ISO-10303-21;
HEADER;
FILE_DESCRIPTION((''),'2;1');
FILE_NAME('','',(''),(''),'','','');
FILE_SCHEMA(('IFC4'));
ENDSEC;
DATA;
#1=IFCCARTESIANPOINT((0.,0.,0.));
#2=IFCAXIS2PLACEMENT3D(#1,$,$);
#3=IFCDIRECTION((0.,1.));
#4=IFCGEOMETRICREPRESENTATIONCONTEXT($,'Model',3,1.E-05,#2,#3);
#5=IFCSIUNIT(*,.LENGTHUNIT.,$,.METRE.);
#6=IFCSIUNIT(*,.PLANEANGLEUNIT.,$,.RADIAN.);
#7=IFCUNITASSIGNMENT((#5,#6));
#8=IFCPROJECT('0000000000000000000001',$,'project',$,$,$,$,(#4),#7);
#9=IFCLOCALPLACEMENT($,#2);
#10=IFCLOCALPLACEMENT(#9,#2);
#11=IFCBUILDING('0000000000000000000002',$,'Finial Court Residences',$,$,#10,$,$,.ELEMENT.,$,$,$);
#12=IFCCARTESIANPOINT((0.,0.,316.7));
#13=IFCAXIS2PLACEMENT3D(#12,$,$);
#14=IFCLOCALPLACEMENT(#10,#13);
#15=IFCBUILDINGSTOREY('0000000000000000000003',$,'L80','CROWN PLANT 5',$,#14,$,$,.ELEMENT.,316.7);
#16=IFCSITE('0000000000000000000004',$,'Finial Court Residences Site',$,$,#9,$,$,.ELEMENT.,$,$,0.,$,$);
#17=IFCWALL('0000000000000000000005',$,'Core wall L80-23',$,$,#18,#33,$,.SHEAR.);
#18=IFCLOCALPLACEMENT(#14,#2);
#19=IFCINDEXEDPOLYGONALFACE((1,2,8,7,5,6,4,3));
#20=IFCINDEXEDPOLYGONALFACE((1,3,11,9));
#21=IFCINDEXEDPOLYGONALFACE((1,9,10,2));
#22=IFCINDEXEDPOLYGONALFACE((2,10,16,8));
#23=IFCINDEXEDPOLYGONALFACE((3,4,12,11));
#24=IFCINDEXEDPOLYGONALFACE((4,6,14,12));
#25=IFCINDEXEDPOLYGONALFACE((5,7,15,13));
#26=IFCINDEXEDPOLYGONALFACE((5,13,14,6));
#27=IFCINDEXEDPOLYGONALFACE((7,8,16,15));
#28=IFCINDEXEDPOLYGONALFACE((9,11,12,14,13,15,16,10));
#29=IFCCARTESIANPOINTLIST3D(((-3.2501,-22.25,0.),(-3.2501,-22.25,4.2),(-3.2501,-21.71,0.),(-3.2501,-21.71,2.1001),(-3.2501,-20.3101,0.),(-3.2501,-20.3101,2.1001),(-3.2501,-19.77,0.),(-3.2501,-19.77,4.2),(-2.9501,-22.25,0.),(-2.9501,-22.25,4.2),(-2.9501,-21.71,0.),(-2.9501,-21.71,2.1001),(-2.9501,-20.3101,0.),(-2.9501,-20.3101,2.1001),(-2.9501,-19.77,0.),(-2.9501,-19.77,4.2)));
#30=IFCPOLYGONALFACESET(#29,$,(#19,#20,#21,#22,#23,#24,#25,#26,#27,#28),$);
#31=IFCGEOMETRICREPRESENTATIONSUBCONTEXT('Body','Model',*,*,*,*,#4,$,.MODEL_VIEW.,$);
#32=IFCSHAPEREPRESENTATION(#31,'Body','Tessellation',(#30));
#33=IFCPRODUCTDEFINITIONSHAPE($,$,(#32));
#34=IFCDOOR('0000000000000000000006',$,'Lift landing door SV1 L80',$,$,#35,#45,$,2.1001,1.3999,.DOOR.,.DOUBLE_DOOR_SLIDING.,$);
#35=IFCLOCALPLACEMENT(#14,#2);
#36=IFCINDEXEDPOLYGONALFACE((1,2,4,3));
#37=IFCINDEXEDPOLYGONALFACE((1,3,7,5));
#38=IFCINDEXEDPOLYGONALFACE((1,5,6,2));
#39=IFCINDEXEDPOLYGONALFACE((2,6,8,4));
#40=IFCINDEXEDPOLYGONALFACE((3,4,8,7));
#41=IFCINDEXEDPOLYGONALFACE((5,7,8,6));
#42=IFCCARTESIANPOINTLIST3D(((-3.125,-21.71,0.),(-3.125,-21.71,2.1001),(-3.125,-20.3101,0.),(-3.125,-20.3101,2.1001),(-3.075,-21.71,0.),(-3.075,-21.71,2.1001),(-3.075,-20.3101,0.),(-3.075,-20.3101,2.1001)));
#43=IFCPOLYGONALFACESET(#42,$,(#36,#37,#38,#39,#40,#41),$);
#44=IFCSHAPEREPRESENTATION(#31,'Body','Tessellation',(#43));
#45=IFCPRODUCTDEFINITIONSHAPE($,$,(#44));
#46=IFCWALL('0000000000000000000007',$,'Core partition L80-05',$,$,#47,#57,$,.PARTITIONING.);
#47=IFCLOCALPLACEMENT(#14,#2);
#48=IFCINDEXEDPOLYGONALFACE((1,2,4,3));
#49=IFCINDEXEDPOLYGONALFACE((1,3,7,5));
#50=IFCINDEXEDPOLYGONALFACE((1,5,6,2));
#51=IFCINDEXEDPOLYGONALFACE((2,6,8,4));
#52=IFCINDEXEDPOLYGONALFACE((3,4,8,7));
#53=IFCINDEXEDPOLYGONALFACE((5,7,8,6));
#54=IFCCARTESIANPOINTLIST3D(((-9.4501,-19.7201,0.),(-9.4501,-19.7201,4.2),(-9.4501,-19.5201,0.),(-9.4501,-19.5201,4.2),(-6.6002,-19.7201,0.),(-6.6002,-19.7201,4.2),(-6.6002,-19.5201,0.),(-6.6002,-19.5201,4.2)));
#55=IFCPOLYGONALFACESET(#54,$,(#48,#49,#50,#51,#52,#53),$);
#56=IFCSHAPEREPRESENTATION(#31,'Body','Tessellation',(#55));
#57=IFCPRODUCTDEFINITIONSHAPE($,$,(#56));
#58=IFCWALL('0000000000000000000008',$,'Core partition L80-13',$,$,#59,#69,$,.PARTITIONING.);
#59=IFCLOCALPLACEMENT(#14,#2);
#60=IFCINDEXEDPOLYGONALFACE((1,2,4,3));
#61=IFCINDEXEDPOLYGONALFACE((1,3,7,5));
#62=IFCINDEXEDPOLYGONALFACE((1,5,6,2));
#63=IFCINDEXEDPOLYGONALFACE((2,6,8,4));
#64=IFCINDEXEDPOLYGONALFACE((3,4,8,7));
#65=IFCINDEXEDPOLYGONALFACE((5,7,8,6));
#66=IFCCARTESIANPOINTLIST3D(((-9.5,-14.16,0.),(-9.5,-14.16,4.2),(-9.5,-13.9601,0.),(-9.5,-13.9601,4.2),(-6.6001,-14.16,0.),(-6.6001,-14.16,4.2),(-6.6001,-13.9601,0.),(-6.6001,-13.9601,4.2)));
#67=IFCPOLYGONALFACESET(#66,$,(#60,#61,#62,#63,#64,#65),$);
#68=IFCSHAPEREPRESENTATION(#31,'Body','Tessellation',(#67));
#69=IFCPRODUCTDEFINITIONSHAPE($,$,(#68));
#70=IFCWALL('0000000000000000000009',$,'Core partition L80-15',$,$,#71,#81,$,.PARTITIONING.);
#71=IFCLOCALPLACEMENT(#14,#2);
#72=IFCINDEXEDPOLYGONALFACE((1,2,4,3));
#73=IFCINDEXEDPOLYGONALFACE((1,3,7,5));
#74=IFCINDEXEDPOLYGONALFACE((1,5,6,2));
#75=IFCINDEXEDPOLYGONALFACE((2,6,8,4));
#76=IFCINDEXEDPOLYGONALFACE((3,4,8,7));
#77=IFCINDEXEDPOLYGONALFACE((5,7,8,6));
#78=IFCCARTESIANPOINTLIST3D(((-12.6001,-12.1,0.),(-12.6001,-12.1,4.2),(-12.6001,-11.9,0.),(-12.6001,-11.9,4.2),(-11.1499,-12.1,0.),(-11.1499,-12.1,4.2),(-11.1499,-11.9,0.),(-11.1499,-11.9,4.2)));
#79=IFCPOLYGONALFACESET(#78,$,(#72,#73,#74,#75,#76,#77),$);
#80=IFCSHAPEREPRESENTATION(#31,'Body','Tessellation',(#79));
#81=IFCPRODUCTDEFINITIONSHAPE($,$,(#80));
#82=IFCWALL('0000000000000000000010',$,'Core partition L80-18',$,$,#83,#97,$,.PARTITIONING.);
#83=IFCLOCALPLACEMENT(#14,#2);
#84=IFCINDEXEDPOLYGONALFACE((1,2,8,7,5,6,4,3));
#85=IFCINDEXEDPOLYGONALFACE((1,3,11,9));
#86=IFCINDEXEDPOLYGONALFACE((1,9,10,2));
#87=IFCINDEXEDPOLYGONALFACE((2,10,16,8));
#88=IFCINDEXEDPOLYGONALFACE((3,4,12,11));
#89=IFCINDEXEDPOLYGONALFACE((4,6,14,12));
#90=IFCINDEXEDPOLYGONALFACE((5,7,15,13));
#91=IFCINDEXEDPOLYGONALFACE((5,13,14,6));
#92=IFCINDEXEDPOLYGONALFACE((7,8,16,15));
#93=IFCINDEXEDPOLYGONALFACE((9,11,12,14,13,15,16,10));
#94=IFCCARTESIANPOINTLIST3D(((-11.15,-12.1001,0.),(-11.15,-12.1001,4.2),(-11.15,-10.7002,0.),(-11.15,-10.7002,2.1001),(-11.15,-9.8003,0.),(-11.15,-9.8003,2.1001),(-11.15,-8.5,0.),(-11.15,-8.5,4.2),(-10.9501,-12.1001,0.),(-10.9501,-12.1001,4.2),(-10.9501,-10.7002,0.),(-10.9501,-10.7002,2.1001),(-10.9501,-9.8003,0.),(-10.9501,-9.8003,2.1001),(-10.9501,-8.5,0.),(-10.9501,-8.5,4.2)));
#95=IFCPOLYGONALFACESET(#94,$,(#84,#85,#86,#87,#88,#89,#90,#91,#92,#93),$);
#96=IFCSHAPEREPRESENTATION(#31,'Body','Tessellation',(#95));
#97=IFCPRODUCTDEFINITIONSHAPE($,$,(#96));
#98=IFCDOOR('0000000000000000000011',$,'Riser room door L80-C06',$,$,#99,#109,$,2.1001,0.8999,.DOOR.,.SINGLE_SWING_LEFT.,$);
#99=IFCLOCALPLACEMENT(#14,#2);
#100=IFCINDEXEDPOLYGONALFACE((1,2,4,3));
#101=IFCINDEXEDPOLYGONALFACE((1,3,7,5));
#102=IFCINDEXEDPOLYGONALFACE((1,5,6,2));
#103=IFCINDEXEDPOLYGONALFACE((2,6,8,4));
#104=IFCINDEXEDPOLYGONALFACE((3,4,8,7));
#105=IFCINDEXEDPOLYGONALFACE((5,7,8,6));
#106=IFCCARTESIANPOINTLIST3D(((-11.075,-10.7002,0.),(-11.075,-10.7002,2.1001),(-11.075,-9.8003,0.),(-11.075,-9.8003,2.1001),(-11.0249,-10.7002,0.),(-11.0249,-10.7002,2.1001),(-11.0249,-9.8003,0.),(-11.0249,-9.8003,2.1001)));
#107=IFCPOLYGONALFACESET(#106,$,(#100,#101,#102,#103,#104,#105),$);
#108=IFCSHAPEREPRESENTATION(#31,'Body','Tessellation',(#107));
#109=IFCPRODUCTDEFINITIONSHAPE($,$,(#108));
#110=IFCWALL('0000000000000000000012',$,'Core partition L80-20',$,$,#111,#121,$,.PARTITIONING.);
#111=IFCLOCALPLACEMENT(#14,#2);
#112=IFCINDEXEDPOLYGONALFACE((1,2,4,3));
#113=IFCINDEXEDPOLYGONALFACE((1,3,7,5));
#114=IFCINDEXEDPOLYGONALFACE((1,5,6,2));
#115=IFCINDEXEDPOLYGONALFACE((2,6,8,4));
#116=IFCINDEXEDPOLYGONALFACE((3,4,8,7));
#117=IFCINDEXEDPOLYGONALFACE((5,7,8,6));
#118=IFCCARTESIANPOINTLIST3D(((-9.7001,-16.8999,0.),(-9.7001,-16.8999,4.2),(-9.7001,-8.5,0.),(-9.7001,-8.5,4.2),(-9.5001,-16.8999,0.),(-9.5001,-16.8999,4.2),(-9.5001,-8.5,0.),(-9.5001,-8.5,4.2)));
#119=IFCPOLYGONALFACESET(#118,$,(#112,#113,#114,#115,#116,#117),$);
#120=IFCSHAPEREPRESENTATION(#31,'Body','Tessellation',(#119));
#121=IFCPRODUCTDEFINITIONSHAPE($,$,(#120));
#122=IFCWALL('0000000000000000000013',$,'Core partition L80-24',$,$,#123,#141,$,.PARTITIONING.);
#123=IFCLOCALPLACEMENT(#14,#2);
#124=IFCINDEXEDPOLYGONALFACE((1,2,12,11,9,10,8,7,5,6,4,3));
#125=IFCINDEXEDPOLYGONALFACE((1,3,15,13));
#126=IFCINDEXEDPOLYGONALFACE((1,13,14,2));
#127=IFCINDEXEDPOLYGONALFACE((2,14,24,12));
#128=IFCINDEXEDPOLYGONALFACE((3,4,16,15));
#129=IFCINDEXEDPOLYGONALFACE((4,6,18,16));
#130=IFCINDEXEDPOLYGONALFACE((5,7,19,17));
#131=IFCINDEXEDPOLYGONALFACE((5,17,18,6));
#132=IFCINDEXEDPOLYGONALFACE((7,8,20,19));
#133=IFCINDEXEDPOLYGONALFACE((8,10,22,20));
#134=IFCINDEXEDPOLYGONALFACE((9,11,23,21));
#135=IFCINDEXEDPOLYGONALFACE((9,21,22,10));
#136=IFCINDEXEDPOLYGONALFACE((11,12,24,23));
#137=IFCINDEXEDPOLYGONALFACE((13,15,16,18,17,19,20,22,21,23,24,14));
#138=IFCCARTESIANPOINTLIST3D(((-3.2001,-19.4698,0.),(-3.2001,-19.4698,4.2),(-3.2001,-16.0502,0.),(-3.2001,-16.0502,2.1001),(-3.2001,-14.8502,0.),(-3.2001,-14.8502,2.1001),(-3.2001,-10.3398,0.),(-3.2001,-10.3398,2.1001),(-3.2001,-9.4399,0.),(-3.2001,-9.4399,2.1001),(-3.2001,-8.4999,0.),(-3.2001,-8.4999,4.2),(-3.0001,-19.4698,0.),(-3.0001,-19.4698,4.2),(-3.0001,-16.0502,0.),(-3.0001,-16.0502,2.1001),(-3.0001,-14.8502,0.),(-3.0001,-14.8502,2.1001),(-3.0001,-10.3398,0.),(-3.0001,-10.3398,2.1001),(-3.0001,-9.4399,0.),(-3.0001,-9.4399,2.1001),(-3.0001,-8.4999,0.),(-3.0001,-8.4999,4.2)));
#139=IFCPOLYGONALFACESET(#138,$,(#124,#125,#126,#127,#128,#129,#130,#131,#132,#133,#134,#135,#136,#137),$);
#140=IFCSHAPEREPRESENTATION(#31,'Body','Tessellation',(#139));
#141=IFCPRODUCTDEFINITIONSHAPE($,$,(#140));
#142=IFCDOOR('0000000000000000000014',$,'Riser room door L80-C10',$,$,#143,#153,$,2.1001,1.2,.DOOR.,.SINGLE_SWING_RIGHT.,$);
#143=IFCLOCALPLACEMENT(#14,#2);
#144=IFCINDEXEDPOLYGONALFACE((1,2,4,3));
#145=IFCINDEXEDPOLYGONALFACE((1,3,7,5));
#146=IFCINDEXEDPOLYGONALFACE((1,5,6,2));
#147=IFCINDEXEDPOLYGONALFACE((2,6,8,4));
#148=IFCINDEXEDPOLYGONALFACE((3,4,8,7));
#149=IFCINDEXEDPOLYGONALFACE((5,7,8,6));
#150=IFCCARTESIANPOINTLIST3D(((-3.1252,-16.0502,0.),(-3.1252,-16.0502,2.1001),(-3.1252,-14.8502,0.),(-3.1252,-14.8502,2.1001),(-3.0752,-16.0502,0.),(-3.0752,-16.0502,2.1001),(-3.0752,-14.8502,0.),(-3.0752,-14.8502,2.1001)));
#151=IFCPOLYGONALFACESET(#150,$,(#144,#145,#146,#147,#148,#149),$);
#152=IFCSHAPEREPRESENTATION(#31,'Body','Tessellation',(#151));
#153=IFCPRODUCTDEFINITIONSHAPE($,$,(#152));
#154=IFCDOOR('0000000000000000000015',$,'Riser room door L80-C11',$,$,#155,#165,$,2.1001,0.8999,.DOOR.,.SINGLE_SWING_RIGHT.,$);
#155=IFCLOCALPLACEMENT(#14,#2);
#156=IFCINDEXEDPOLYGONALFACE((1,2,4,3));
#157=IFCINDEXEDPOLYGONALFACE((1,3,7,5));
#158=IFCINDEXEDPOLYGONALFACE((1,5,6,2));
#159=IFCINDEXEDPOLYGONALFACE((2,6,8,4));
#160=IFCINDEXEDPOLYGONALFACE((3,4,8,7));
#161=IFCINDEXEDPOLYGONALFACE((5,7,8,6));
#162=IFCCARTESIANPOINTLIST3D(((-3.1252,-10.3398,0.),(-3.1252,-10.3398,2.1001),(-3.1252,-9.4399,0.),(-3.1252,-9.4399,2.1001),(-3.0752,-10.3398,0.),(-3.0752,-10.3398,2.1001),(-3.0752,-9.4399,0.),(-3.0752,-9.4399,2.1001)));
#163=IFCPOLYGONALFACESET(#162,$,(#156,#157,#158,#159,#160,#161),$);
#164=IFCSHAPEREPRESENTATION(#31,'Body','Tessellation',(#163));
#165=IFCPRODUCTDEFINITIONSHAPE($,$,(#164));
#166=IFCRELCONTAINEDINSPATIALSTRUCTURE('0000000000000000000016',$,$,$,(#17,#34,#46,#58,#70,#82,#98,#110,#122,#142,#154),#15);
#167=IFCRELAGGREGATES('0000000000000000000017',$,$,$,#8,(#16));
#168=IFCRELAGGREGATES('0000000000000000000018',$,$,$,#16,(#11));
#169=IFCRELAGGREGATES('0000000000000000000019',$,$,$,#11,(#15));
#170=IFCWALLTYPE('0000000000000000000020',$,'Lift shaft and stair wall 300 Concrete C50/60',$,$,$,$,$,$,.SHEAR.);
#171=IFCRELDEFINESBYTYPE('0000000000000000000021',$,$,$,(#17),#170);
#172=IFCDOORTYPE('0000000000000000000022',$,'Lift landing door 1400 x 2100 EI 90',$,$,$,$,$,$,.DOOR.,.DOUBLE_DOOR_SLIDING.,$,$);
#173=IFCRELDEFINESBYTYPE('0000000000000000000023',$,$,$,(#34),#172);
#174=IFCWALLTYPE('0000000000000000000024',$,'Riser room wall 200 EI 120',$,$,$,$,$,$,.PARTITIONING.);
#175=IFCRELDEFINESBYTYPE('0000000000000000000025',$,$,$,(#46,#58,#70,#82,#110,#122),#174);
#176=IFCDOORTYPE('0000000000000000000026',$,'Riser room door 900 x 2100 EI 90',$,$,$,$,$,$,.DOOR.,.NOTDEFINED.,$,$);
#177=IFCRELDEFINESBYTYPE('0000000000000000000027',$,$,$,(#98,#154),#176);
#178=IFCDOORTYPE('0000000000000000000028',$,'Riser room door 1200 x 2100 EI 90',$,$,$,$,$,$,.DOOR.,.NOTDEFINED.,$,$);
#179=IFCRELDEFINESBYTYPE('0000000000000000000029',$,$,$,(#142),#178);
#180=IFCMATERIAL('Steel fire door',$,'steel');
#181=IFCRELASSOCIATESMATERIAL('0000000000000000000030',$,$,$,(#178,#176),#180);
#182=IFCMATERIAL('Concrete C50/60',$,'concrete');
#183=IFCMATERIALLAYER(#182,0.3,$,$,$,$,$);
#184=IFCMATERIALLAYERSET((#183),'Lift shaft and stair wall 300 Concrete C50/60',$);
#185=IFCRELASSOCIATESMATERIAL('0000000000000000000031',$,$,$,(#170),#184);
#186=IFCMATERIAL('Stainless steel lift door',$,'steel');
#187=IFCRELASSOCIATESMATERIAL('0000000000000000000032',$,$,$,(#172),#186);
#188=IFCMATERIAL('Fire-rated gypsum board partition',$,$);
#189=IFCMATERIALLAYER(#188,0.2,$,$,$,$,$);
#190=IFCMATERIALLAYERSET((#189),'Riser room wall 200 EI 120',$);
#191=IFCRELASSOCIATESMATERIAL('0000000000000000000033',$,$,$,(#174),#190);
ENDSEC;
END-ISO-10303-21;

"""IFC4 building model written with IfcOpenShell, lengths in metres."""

from ifc_helpers import new_model, si_unit, direction, frame, frame_2d, origin, place, context, subcontext, project, spatial, rectangle, extrude, material, layer, layer_set, type_object, element, fill, save


model = new_model("IFC4")

# Units and contexts
model_context = context("Model", 3, precision=1e-05, world=origin(), true_north=direction((0.0, 1.0)))
body_context = subcontext(model_context, "Body", "Model", "MODEL_VIEW")
ifc_project = project(units=[si_unit("LENGTHUNIT", "METRE"), si_unit("PLANEANGLEUNIT", "RADIAN")], contexts=[model_context])

# Site, building, storey
site_placement = place(None, origin())
site = spatial("IfcSite", under=ifc_project, at=site_placement, Name="Finial Court Residences Site", CompositionType="ELEMENT", RefElevation=0.0)
building_placement = place(site_placement, origin())
building = spatial("IfcBuilding", under=site, at=building_placement, Name="Finial Court Residences", CompositionType="ELEMENT")
storey_placement = place(building_placement, frame((0.0, 0.0, 316.7)))
storey = spatial("IfcBuildingStorey", under=building, at=storey_placement, Name="L80", Description="CROWN PLANT 5", CompositionType="ELEMENT", Elevation=316.7)

# Shared definitions
ifc_material_1 = material(Name="Concrete C50/60", Category="concrete")
ifc_material_2 = material(Name="Steel fire door", Category="steel")
door_type_1 = type_object("IfcDoorType", Name="Riser room door 1200 x 2100 EI 90", OperationType="NOTDEFINED", PredefinedType="DOOR", material=ifc_material_2)
door_type_2 = type_object("IfcDoorType", Name="Riser room door 900 x 2100 EI 90", OperationType="NOTDEFINED", PredefinedType="DOOR", material=ifc_material_2)

# Shared definitions
ifc_layer_1 = layer(ifc_material_1, 0.3)
ifc_layer_set_1 = layer_set([ifc_layer_1], Name="Lift shaft and stair wall 300 Concrete C50/60")
wall_type_1 = type_object("IfcWallType", Name="Lift shaft and stair wall 300 Concrete C50/60", PredefinedType="SHEAR", material=ifc_layer_set_1)

# Wall, opening, door
wall_1_placement = place(storey_placement, frame((-3.1001, -22.25, 0.0), z_axis=(0.0, 0.0, 1.0), x_axis=(0.0, 1.0, 0.0)))
wall_1 = element("IfcWall", 1, at=wall_1_placement, inside=storey, type_object=wall_type_1, Name="Core wall L80-23", PredefinedType="SHEAR", context=body_context, shape_type="SweptSolid", body=[
    extrude(rectangle(XDim=2.48, YDim=0.3, at=frame_2d((1.24, 0.0))), origin(), (0.0, 0.0, 1.0), 4.2),
])
opening_1_placement = place(wall_1_placement, frame((0.54, 0.0, 0.0)))
opening_1 = element("IfcOpeningElement", 2, at=opening_1_placement, cuts=wall_1, PredefinedType="OPENING", context=body_context, shape_type="SweptSolid", body=[
    extrude(rectangle(XDim=1.3999, YDim=2.1001, at=frame_2d((0.7, 1.05))), frame((0.0, 0.1599, 0.0), z_axis=(0.0, -1.0, 0.0), x_axis=(1.0, 0.0, 0.0)), (0.0, 0.0, 1.0), 0.3201),
])
ifc_material_3 = material(Name="Stainless steel lift door", Category="steel")
door_type_3 = type_object("IfcDoorType", Name="Lift landing door 1400 x 2100 EI 90", OperationType="DOUBLE_DOOR_SLIDING", PredefinedType="DOOR", material=ifc_material_3)
door_1_placement = place(opening_1_placement, origin())
door_1 = element("IfcDoor", 3, at=door_1_placement, inside=storey, type_object=door_type_3, Name="Lift landing door SV1 L80", OperationType="DOUBLE_DOOR_SLIDING", OverallHeight=2.1001, OverallWidth=1.3999, PredefinedType="DOOR", context=body_context, shape_type="SweptSolid", body=[
    extrude(rectangle(XDim=1.3999, YDim=2.1001, at=frame_2d((0.7, 1.05))), frame((0.0, 0.0249, 0.0), z_axis=(0.0, -1.0, 0.0), x_axis=(1.0, 0.0, 0.0)), (0.0, 0.0, 1.0), 0.05),
])
fill(opening_1, door_1)

# Walls
ifc_material_4 = material(Name="Fire-rated gypsum board partition")
ifc_layer_2 = layer(ifc_material_4, 0.2)
ifc_layer_set_2 = layer_set([ifc_layer_2], Name="Riser room wall 200 EI 120")
wall_type_2 = type_object("IfcWallType", Name="Riser room wall 200 EI 120", PredefinedType="PARTITIONING", material=ifc_layer_set_2)
wall_2_placement = place(storey_placement, frame((-9.45, -19.6201, 0.0), z_axis=(0.0, 0.0, 1.0), x_axis=(1.0, 0.0, 0.0)))
element("IfcWall", 4, at=wall_2_placement, inside=storey, type_object=wall_type_2, Name="Core partition L80-05", PredefinedType="PARTITIONING", context=body_context, shape_type="SweptSolid", body=[
    extrude(rectangle(XDim=2.8499, YDim=0.2, at=frame_2d((1.4248, 0.0))), origin(), (0.0, 0.0, 1.0), 4.2),
])
wall_3_placement = place(storey_placement, frame((-9.5, -14.0601, 0.0), z_axis=(0.0, 0.0, 1.0), x_axis=(1.0, 0.0, 0.0)))
element("IfcWall", 5, at=wall_3_placement, inside=storey, type_object=wall_type_2, Name="Core partition L80-13", PredefinedType="PARTITIONING", context=body_context, shape_type="SweptSolid", body=[
    extrude(rectangle(XDim=2.8999, YDim=0.2, at=frame_2d((1.45, 0.0))), origin(), (0.0, 0.0, 1.0), 4.2),
])
wall_4_placement = place(storey_placement, frame((-12.6001, -12.0, 0.0), z_axis=(0.0, 0.0, 1.0), x_axis=(1.0, 0.0, 0.0)))
element("IfcWall", 6, at=wall_4_placement, inside=storey, type_object=wall_type_2, Name="Core partition L80-15", PredefinedType="PARTITIONING", context=body_context, shape_type="SweptSolid", body=[
    extrude(rectangle(XDim=1.4502, YDim=0.2, at=frame_2d((0.7251, 0.0))), origin(), (0.0, 0.0, 1.0), 4.2),
])

# Wall, opening, door
wall_5_placement = place(storey_placement, frame((-11.05, -12.1001, 0.0), z_axis=(0.0, 0.0, 1.0), x_axis=(0.0, 1.0, 0.0)))
wall_5 = element("IfcWall", 7, at=wall_5_placement, inside=storey, type_object=wall_type_2, Name="Core partition L80-18", PredefinedType="PARTITIONING", context=body_context, shape_type="SweptSolid", body=[
    extrude(rectangle(XDim=3.6001, YDim=0.2, at=frame_2d((1.8, 0.0))), origin(), (0.0, 0.0, 1.0), 4.2),
])
opening_2_placement = place(wall_5_placement, frame((1.3999, 0.0, 0.0)))
opening_2 = element("IfcOpeningElement", 8, at=opening_2_placement, cuts=wall_5, PredefinedType="OPENING", context=body_context, shape_type="SweptSolid", body=[
    extrude(rectangle(XDim=0.8999, YDim=2.1001, at=frame_2d((0.45, 1.05))), frame((0.0, 0.1099, 0.0), z_axis=(0.0, -1.0, 0.0), x_axis=(1.0, 0.0, 0.0)), (0.0, 0.0, 1.0), 0.22),
])
door_2_placement = place(opening_2_placement, origin())
door_2 = element("IfcDoor", 9, at=door_2_placement, inside=storey, type_object=door_type_2, Name="Riser room door L80-C06", OperationType="SINGLE_SWING_LEFT", OverallHeight=2.1001, OverallWidth=0.8999, PredefinedType="DOOR", context=body_context, shape_type="SweptSolid", body=[
    extrude(rectangle(XDim=0.8999, YDim=2.1001, at=frame_2d((0.45, 1.05))), frame((0.0, 0.0249, 0.0), z_axis=(0.0, -1.0, 0.0), x_axis=(1.0, 0.0, 0.0)), (0.0, 0.0, 1.0), 0.05),
])
fill(opening_2, door_2)

# Wall
wall_6_placement = place(storey_placement, frame((-9.6001, -16.8999, 0.0), z_axis=(0.0, 0.0, 1.0), x_axis=(0.0, 1.0, 0.0)))
element("IfcWall", 10, at=wall_6_placement, inside=storey, type_object=wall_type_2, Name="Core partition L80-20", PredefinedType="PARTITIONING", context=body_context, shape_type="SweptSolid", body=[
    extrude(rectangle(XDim=8.3999, YDim=0.2, at=frame_2d((4.2, 0.0))), origin(), (0.0, 0.0, 1.0), 4.2),
])

# Wall, openings, doors
wall_7_placement = place(storey_placement, frame((-3.1001, -8.5, 0.0), z_axis=(0.0, 0.0, 1.0), x_axis=(0.0, -1.0, 0.0)))
wall_7 = element("IfcWall", 11, at=wall_7_placement, inside=storey, type_object=wall_type_2, Name="Core partition L80-24", PredefinedType="PARTITIONING", context=body_context, shape_type="SweptSolid", body=[
    extrude(rectangle(XDim=10.97, YDim=0.2, at=frame_2d((5.4849, 0.0))), origin(), (0.0, 0.0, 1.0), 4.2),
])
opening_3_placement = place(wall_7_placement, frame((6.3501, 0.0, 0.0)))
opening_3 = element("IfcOpeningElement", 12, at=opening_3_placement, cuts=wall_7, PredefinedType="OPENING", context=body_context, shape_type="SweptSolid", body=[
    extrude(rectangle(XDim=1.2, YDim=2.1001, at=frame_2d((0.6001, 1.05))), frame((0.0, 0.1099, 0.0), z_axis=(0.0, -1.0, 0.0), x_axis=(1.0, 0.0, 0.0)), (0.0, 0.0, 1.0), 0.22),
])
opening_4_placement = place(wall_7_placement, frame((0.9399, 0.0, 0.0)))
opening_4 = element("IfcOpeningElement", 13, at=opening_4_placement, cuts=wall_7, PredefinedType="OPENING", context=body_context, shape_type="SweptSolid", body=[
    extrude(rectangle(XDim=0.8999, YDim=2.1001, at=frame_2d((0.45, 1.05))), frame((0.0, 0.1099, 0.0), z_axis=(0.0, -1.0, 0.0), x_axis=(1.0, 0.0, 0.0)), (0.0, 0.0, 1.0), 0.22),
])
door_3_placement = place(opening_3_placement, origin())
door_3 = element("IfcDoor", 14, at=door_3_placement, inside=storey, type_object=door_type_1, Name="Riser room door L80-C10", OperationType="SINGLE_SWING_RIGHT", OverallHeight=2.1001, OverallWidth=1.2, PredefinedType="DOOR", context=body_context, shape_type="SweptSolid", body=[
    extrude(rectangle(XDim=1.2, YDim=2.1001, at=frame_2d((0.6001, 1.05))), frame((0.0, 0.0249, 0.0), z_axis=(0.0, -1.0, 0.0), x_axis=(1.0, 0.0, 0.0)), (0.0, 0.0, 1.0), 0.05),
])
fill(opening_3, door_3)
door_4_placement = place(opening_4_placement, origin())
door_4 = element("IfcDoor", 15, at=door_4_placement, inside=storey, type_object=door_type_2, Name="Riser room door L80-C11", OperationType="SINGLE_SWING_RIGHT", OverallHeight=2.1001, OverallWidth=0.8999, PredefinedType="DOOR", context=body_context, shape_type="SweptSolid", body=[
    extrude(rectangle(XDim=0.8999, YDim=2.1001, at=frame_2d((0.45, 1.05))), frame((0.0, 0.0249, 0.0), z_axis=(0.0, -1.0, 0.0), x_axis=(1.0, 0.0, 0.0)), (0.0, 0.0, 1.0), 0.05),
])
fill(opening_4, door_4)

save(model, "model.ifc")
